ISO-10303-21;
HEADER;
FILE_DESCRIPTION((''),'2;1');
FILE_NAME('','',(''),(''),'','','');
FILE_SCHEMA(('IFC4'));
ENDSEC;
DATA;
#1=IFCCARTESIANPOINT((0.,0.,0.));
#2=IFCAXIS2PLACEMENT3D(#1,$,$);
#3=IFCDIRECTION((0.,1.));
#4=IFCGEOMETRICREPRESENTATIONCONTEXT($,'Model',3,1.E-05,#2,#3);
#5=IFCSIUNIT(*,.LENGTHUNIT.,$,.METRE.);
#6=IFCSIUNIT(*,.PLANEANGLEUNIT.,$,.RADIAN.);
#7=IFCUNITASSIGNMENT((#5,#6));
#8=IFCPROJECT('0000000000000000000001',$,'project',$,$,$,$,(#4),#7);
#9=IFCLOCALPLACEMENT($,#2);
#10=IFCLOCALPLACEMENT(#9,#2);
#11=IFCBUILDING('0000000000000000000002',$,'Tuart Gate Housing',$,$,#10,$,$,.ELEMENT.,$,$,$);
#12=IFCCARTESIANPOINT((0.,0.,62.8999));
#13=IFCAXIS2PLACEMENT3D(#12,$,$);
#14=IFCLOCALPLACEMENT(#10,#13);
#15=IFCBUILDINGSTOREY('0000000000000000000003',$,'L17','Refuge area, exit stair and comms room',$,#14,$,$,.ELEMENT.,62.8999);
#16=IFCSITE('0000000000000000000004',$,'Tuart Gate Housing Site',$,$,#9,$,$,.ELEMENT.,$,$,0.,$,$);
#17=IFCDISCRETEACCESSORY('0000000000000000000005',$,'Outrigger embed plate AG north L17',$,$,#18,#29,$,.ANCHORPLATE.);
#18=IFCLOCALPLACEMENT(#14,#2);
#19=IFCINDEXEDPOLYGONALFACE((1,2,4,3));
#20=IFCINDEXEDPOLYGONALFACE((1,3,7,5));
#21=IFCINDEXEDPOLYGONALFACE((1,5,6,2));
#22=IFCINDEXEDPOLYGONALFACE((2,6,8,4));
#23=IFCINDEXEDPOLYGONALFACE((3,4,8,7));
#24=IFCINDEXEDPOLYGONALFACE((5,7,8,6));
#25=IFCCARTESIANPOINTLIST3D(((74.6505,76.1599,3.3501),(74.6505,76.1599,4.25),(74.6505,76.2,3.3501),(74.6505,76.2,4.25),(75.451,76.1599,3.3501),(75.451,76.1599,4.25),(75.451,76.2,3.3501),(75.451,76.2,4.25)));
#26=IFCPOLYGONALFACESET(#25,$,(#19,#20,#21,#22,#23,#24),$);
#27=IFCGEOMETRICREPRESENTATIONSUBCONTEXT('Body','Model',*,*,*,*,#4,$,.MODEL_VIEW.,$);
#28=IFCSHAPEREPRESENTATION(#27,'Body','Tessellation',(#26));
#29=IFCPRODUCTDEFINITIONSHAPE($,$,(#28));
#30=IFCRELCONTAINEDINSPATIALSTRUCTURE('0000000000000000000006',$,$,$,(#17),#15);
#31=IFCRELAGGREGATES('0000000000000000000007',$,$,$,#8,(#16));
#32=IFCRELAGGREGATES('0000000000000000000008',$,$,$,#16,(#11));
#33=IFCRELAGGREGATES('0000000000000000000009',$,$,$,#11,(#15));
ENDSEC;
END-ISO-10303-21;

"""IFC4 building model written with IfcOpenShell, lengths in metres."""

from ifc_helpers import new_model, si_unit, direction, frame, origin, origin_2d, place, context, subcontext, project, spatial, rectangle, extrude, element, save


model = new_model("IFC4")

# Units and contexts
model_context = context("Model", 3, precision=1e-05, world=origin(), true_north=direction((0.0, 1.0)))
body_context = subcontext(model_context, "Body", "Model", "MODEL_VIEW")
ifc_project = project(units=[si_unit("LENGTHUNIT", "METRE"), si_unit("PLANEANGLEUNIT", "RADIAN")], contexts=[model_context])

# Site, building, storey
site_placement = place(None, origin())
site = spatial("IfcSite", under=ifc_project, at=site_placement, Name="Tuart Gate Housing Site", CompositionType="ELEMENT", RefElevation=0.0)
building_placement = place(site_placement, origin())
building = spatial("IfcBuilding", under=site, at=building_placement, Name="Tuart Gate Housing", CompositionType="ELEMENT")
storey_placement = place(building_placement, frame((0.0, 0.0, 62.8999)))
storey = spatial("IfcBuildingStorey", under=building, at=storey_placement, Name="L17", Description="Refuge area, exit stair and comms room", CompositionType="ELEMENT", Elevation=62.8999)

# Discrete accessory
discrete_accessory_placement = place(storey_placement, frame((75.0508, 76.1799, 3.3501), z_axis=(0.0, 0.0, 1.0), x_axis=(1.0, 0.0, 0.0)))
element("IfcDiscreteAccessory", 1, at=discrete_accessory_placement, inside=storey, Name="Outrigger embed plate AG north L17", PredefinedType="ANCHORPLATE", context=body_context, shape_type="SweptSolid", body=[
    extrude(rectangle(XDim=0.8005, YDim=0.04, at=origin_2d()), origin(), (0.0, 0.0, 1.0), 0.8999),
])

save(model, "model.ifc")
